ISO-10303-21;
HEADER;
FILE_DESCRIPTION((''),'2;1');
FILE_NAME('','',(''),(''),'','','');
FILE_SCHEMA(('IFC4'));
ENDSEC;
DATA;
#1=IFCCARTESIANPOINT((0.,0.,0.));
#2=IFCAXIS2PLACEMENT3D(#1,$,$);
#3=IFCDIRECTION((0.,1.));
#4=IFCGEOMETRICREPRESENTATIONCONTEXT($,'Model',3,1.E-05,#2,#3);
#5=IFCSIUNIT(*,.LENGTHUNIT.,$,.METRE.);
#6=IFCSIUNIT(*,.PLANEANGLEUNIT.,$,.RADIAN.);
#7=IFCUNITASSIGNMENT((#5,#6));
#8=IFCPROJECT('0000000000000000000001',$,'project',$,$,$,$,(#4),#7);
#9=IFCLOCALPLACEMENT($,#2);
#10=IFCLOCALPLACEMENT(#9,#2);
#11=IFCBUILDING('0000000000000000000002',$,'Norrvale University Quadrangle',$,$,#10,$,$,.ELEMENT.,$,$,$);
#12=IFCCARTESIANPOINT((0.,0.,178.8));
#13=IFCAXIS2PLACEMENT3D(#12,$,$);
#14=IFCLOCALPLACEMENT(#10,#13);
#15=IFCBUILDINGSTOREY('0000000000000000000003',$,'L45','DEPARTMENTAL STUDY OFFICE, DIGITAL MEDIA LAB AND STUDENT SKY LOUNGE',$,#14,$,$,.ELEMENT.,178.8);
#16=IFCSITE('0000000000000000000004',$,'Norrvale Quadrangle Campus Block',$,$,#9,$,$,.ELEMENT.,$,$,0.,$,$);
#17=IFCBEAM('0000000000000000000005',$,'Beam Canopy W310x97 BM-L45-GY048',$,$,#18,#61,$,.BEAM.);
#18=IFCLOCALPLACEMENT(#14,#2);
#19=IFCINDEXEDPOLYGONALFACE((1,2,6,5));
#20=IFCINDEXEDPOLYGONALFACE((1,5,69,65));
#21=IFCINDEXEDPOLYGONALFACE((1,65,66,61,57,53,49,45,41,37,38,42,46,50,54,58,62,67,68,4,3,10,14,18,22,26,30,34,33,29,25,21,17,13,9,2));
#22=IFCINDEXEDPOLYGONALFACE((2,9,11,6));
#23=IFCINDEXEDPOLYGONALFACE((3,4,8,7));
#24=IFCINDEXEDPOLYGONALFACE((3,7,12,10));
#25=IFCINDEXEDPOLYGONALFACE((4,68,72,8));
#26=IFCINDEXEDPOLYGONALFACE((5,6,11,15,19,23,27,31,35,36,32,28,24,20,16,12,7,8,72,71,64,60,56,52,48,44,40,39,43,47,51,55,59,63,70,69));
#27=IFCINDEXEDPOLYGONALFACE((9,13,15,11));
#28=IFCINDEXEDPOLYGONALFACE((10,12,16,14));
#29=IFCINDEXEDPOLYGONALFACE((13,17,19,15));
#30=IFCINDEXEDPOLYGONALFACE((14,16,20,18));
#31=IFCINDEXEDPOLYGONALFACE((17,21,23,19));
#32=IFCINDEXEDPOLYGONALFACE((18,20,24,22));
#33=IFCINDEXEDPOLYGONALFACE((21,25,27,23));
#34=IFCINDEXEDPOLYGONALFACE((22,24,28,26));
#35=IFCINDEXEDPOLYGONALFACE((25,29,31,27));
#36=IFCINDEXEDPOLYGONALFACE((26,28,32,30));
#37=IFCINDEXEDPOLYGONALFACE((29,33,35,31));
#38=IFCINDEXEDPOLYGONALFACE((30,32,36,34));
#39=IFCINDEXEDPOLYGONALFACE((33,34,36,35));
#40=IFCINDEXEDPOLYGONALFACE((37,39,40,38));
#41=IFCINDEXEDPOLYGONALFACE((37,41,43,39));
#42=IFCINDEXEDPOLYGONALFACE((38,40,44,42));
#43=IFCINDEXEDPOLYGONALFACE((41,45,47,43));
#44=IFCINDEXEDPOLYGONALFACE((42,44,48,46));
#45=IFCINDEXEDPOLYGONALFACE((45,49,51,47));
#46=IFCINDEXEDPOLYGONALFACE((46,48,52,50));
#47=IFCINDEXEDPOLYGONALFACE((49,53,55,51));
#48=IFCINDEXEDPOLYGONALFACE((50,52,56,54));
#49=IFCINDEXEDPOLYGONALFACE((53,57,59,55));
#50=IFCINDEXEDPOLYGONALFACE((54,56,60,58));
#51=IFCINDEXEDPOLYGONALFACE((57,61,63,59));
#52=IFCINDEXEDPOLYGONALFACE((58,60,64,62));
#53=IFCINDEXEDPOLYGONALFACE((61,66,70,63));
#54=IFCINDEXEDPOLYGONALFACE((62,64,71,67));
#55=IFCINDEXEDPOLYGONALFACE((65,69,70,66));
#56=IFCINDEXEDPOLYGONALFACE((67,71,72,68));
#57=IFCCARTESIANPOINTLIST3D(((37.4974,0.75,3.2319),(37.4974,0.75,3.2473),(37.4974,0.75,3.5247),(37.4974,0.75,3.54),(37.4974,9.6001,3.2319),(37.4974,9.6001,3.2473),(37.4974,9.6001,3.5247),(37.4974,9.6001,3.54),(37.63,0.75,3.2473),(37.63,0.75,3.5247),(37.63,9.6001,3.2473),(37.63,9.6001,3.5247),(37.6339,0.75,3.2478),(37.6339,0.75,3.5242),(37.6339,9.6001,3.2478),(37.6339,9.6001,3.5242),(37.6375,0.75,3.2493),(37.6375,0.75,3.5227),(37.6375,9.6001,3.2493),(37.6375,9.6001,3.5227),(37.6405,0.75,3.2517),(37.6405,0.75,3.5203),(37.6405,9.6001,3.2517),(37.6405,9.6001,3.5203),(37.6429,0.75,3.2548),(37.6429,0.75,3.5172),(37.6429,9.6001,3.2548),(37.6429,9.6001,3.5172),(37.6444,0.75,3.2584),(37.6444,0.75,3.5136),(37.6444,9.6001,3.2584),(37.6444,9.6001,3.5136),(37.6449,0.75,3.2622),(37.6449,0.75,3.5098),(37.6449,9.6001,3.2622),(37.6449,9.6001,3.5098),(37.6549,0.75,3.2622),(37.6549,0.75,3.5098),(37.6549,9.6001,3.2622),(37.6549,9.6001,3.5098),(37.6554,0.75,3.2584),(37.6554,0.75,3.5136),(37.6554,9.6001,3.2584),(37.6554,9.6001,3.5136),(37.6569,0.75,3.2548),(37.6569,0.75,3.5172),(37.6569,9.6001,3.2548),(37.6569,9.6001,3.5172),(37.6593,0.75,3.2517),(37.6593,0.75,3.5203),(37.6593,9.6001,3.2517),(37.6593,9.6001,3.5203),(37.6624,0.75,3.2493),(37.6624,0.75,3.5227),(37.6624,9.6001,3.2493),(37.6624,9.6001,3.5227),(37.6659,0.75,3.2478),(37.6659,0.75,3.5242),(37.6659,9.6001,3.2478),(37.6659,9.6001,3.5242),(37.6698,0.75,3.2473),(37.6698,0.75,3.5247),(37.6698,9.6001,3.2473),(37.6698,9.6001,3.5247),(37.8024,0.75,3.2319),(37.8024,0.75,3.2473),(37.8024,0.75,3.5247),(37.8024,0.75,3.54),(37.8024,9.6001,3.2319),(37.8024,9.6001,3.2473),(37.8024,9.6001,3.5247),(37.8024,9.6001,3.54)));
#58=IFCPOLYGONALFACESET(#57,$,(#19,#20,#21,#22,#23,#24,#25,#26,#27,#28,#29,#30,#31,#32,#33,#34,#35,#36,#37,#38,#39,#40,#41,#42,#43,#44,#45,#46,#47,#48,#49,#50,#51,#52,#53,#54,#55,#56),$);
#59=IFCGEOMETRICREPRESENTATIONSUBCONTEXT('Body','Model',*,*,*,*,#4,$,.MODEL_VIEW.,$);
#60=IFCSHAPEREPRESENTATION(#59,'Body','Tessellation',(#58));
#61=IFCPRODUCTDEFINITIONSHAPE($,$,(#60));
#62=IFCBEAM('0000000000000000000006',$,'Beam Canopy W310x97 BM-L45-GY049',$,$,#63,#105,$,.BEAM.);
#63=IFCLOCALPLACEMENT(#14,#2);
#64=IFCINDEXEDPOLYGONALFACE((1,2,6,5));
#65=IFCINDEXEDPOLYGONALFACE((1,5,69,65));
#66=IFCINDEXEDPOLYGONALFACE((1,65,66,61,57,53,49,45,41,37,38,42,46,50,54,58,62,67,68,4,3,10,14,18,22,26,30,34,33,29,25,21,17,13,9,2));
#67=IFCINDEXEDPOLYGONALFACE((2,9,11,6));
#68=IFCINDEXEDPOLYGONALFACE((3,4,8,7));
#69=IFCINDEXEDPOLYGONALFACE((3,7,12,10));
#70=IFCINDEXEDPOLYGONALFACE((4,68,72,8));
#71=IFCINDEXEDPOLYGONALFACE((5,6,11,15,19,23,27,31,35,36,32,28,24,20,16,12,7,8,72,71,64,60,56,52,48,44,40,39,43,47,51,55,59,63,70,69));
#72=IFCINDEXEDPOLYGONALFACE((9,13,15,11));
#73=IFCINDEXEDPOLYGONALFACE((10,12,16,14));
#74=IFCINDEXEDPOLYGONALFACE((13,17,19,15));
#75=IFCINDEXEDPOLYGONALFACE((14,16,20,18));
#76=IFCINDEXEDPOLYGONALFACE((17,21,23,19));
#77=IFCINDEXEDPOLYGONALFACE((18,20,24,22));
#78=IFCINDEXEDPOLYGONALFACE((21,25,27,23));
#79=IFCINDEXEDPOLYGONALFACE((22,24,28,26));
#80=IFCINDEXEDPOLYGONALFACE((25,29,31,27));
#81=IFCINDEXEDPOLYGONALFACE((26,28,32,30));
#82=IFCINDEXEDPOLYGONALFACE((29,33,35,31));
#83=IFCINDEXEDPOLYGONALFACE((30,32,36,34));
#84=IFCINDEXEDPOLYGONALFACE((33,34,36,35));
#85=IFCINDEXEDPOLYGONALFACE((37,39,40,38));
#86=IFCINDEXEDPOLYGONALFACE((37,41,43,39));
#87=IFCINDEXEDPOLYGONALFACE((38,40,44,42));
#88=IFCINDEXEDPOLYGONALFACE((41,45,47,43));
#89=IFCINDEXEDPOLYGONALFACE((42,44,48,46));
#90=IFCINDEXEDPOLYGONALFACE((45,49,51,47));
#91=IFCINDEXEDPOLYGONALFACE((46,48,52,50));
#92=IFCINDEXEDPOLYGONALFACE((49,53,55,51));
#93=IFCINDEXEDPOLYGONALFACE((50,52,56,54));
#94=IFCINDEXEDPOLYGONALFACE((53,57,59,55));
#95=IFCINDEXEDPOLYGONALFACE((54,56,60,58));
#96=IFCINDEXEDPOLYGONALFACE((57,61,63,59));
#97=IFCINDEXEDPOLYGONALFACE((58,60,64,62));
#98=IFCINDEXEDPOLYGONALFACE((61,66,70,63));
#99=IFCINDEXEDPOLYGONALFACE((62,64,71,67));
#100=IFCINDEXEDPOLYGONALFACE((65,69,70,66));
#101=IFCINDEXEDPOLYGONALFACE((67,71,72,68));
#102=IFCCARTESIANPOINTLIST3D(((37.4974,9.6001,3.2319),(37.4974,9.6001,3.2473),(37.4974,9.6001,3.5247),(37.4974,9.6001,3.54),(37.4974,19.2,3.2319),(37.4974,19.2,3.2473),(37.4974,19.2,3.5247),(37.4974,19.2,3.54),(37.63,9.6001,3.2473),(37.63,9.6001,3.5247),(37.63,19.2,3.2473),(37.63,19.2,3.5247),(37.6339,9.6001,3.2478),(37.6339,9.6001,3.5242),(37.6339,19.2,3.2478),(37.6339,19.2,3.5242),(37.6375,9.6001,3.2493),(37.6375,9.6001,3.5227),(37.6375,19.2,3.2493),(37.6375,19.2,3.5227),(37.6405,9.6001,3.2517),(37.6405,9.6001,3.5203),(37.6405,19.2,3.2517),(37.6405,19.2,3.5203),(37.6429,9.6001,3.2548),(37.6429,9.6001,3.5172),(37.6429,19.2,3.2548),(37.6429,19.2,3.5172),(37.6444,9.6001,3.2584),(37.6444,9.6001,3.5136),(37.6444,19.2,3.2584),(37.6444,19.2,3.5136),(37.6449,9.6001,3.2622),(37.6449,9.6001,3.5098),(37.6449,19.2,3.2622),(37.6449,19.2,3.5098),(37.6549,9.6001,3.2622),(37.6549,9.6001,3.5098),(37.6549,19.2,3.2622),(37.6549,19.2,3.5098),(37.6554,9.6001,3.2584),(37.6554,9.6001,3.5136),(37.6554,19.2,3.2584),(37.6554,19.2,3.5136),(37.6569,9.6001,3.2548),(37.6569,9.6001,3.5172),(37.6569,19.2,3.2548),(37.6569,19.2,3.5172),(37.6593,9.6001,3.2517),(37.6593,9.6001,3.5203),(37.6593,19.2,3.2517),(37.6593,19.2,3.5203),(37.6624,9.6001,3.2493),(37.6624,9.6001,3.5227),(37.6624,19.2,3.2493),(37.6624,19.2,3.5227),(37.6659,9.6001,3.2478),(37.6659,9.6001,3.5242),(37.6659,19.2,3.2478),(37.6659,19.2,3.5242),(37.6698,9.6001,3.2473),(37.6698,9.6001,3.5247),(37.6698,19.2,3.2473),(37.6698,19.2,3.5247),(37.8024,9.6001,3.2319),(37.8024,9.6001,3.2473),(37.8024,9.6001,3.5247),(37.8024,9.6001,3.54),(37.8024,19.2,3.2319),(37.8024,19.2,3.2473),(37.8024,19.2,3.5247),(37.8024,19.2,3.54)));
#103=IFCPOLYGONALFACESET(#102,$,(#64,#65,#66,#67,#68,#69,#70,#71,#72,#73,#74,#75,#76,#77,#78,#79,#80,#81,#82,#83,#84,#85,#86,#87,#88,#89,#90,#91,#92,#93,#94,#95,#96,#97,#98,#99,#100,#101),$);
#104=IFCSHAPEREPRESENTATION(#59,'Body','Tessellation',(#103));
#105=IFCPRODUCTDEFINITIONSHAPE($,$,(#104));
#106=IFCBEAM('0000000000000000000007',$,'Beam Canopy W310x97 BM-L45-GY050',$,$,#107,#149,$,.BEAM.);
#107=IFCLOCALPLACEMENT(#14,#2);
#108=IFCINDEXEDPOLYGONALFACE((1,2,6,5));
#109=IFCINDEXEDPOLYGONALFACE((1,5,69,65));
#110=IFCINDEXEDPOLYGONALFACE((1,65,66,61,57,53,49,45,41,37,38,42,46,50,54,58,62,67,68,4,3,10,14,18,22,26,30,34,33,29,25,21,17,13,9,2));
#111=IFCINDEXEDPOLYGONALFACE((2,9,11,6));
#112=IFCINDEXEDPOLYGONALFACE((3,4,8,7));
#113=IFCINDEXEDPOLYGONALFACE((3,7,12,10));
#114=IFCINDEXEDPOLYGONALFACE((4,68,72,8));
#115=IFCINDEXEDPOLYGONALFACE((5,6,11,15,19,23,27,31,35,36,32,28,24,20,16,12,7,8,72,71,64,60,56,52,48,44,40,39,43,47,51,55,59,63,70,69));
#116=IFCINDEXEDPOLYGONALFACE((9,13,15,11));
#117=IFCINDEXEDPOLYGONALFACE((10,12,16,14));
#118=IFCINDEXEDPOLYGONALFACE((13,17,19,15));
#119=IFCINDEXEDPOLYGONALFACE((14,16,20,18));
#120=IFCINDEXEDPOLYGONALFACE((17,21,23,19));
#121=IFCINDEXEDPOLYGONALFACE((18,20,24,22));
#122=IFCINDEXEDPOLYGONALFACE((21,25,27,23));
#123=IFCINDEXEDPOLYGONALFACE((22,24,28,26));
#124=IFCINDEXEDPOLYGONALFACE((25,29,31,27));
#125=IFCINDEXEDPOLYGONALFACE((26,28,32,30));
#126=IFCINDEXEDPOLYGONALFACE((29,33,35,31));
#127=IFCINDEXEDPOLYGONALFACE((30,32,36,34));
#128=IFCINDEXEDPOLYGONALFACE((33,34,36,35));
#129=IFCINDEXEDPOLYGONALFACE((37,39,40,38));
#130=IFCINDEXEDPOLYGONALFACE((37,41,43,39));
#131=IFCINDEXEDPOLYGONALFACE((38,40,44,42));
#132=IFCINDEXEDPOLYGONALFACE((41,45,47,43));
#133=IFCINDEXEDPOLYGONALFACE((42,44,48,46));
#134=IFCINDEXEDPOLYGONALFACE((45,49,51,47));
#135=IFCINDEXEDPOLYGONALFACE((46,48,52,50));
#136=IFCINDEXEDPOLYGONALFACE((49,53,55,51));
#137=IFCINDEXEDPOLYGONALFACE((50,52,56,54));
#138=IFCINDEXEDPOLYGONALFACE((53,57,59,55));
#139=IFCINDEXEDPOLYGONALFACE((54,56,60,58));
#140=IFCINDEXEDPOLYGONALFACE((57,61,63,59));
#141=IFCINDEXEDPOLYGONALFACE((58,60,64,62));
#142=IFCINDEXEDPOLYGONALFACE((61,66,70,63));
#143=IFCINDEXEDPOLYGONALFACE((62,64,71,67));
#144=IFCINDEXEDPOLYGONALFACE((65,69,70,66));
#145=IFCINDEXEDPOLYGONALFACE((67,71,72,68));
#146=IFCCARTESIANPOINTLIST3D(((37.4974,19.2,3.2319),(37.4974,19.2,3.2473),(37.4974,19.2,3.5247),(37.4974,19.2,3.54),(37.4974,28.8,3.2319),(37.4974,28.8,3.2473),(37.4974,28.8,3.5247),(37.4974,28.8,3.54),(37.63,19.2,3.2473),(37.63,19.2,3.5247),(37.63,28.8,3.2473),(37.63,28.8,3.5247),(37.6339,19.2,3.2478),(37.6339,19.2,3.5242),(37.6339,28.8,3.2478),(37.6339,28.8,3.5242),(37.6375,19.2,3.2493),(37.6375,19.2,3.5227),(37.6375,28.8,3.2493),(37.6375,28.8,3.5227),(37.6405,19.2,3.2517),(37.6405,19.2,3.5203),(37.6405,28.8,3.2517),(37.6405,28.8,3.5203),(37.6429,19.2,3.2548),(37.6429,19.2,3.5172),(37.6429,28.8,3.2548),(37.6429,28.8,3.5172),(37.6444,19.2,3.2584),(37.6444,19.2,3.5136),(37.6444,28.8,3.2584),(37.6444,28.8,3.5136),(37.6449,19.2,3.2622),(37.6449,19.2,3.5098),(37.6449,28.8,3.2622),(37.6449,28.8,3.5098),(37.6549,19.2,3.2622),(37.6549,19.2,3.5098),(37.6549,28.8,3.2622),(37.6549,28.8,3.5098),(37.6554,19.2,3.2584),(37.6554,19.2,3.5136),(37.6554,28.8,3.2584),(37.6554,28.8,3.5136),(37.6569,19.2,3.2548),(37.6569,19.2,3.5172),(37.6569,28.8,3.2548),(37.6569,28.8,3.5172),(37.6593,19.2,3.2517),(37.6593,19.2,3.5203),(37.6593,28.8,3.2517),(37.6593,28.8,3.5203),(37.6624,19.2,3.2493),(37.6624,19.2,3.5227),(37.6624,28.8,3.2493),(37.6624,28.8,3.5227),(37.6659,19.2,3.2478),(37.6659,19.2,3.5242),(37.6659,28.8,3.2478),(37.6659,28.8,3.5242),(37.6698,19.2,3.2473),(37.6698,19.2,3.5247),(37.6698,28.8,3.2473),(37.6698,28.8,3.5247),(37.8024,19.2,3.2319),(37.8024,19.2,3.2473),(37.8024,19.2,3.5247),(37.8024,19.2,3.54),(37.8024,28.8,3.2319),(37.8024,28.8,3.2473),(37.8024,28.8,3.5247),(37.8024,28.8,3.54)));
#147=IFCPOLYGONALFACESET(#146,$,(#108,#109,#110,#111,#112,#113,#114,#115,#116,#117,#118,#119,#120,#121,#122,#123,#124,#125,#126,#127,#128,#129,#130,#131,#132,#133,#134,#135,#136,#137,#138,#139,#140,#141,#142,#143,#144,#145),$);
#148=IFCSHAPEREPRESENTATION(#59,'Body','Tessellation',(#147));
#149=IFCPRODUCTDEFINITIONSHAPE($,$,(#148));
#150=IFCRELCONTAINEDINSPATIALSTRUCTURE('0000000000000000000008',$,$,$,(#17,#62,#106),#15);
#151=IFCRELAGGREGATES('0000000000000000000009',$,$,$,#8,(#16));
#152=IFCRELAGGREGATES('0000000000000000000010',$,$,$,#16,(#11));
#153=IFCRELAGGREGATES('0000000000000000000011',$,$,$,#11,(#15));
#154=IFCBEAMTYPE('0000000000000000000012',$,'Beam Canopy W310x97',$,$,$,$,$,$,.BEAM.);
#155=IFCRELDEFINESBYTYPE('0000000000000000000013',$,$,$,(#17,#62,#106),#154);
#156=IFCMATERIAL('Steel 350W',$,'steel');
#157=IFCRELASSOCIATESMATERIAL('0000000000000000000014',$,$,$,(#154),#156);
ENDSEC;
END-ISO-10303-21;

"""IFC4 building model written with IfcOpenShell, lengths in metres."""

from ifc_helpers import new_model, si_unit, direction, frame, origin, origin_2d, place, context, subcontext, project, spatial, i_section, extrude, material, material_profile, profile_set, type_object, element, save


model = new_model("IFC4")

# Units and contexts
model_context = context("Model", 3, precision=1e-05, world=origin(), true_north=direction((0.0, 1.0)))
body_context = subcontext(model_context, "Body", "Model", "MODEL_VIEW")
ifc_project = project(units=[si_unit("LENGTHUNIT", "METRE"), si_unit("PLANEANGLEUNIT", "RADIAN")], contexts=[model_context])

# Site, building, storey
site_placement = place(None, origin())
site = spatial("IfcSite", under=ifc_project, at=site_placement, Name="Norrvale Quadrangle Campus Block", CompositionType="ELEMENT", RefElevation=0.0)
building_placement = place(site_placement, origin())
building = spatial("IfcBuilding", under=site, at=building_placement, Name="Norrvale University Quadrangle", CompositionType="ELEMENT")
storey_placement = place(building_placement, frame((0.0, 0.0, 178.8)))
storey = spatial("IfcBuildingStorey", under=building, at=storey_placement, Name="L45", Description="DEPARTMENTAL STUDY OFFICE, DIGITAL MEDIA LAB AND STUDENT SKY LOUNGE", CompositionType="ELEMENT", Elevation=178.8)

# Beams
ifc_material_1 = material(Name="Steel 350W", Category="steel")
ifc_material_profile_1 = material_profile(ifc_material_1, i_section(OverallWidth=0.3049, OverallDepth=0.3081, WebThickness=0.01, FlangeThickness=0.0154, FilletRadius=0.0149, at=origin_2d()), Name="Steel 350W")
ifc_profile_set_1 = profile_set([ifc_material_profile_1], Name="Steel 350W")
beam_type_1 = type_object("IfcBeamType", Name="Beam Canopy W310x97", PredefinedType="BEAM", material=ifc_profile_set_1)
beam_1_placement = place(storey_placement, frame((37.6499, 0.75, 3.386), z_axis=(0.0, 1.0, 0.0), x_axis=(-1.0, 0.0, 0.0)))
element("IfcBeam", 1, at=beam_1_placement, inside=storey, type_object=beam_type_1, Name="Beam Canopy W310x97 BM-L45-GY048", PredefinedType="BEAM", context=body_context, shape_type="SweptSolid", body=[
    extrude(i_section(OverallWidth=0.3049, OverallDepth=0.3081, WebThickness=0.01, FlangeThickness=0.0154, FilletRadius=0.0149, at=origin_2d()), origin(), (0.0, 0.0, 1.0), 8.8501),
])
beam_2_placement = place(storey_placement, frame((37.6499, 9.6001, 3.386), z_axis=(0.0, 1.0, 0.0), x_axis=(-1.0, 0.0, 0.0)))
element("IfcBeam", 2, at=beam_2_placement, inside=storey, type_object=beam_type_1, Name="Beam Canopy W310x97 BM-L45-GY049", PredefinedType="BEAM", context=body_context, shape_type="SweptSolid", body=[
    extrude(i_section(OverallWidth=0.3049, OverallDepth=0.3081, WebThickness=0.01, FlangeThickness=0.0154, FilletRadius=0.0149, at=origin_2d()), origin(), (0.0, 0.0, 1.0), 9.5999),
])
beam_3_placement = place(storey_placement, frame((37.6499, 19.2, 3.386), z_axis=(0.0, 1.0, 0.0), x_axis=(-1.0, 0.0, 0.0)))
element("IfcBeam", 3, at=beam_3_placement, inside=storey, type_object=beam_type_1, Name="Beam Canopy W310x97 BM-L45-GY050", PredefinedType="BEAM", context=body_context, shape_type="SweptSolid", body=[
    extrude(i_section(OverallWidth=0.3049, OverallDepth=0.3081, WebThickness=0.01, FlangeThickness=0.0154, FilletRadius=0.0149, at=origin_2d()), origin(), (0.0, 0.0, 1.0), 9.6001),
])

save(model, "model.ifc")
